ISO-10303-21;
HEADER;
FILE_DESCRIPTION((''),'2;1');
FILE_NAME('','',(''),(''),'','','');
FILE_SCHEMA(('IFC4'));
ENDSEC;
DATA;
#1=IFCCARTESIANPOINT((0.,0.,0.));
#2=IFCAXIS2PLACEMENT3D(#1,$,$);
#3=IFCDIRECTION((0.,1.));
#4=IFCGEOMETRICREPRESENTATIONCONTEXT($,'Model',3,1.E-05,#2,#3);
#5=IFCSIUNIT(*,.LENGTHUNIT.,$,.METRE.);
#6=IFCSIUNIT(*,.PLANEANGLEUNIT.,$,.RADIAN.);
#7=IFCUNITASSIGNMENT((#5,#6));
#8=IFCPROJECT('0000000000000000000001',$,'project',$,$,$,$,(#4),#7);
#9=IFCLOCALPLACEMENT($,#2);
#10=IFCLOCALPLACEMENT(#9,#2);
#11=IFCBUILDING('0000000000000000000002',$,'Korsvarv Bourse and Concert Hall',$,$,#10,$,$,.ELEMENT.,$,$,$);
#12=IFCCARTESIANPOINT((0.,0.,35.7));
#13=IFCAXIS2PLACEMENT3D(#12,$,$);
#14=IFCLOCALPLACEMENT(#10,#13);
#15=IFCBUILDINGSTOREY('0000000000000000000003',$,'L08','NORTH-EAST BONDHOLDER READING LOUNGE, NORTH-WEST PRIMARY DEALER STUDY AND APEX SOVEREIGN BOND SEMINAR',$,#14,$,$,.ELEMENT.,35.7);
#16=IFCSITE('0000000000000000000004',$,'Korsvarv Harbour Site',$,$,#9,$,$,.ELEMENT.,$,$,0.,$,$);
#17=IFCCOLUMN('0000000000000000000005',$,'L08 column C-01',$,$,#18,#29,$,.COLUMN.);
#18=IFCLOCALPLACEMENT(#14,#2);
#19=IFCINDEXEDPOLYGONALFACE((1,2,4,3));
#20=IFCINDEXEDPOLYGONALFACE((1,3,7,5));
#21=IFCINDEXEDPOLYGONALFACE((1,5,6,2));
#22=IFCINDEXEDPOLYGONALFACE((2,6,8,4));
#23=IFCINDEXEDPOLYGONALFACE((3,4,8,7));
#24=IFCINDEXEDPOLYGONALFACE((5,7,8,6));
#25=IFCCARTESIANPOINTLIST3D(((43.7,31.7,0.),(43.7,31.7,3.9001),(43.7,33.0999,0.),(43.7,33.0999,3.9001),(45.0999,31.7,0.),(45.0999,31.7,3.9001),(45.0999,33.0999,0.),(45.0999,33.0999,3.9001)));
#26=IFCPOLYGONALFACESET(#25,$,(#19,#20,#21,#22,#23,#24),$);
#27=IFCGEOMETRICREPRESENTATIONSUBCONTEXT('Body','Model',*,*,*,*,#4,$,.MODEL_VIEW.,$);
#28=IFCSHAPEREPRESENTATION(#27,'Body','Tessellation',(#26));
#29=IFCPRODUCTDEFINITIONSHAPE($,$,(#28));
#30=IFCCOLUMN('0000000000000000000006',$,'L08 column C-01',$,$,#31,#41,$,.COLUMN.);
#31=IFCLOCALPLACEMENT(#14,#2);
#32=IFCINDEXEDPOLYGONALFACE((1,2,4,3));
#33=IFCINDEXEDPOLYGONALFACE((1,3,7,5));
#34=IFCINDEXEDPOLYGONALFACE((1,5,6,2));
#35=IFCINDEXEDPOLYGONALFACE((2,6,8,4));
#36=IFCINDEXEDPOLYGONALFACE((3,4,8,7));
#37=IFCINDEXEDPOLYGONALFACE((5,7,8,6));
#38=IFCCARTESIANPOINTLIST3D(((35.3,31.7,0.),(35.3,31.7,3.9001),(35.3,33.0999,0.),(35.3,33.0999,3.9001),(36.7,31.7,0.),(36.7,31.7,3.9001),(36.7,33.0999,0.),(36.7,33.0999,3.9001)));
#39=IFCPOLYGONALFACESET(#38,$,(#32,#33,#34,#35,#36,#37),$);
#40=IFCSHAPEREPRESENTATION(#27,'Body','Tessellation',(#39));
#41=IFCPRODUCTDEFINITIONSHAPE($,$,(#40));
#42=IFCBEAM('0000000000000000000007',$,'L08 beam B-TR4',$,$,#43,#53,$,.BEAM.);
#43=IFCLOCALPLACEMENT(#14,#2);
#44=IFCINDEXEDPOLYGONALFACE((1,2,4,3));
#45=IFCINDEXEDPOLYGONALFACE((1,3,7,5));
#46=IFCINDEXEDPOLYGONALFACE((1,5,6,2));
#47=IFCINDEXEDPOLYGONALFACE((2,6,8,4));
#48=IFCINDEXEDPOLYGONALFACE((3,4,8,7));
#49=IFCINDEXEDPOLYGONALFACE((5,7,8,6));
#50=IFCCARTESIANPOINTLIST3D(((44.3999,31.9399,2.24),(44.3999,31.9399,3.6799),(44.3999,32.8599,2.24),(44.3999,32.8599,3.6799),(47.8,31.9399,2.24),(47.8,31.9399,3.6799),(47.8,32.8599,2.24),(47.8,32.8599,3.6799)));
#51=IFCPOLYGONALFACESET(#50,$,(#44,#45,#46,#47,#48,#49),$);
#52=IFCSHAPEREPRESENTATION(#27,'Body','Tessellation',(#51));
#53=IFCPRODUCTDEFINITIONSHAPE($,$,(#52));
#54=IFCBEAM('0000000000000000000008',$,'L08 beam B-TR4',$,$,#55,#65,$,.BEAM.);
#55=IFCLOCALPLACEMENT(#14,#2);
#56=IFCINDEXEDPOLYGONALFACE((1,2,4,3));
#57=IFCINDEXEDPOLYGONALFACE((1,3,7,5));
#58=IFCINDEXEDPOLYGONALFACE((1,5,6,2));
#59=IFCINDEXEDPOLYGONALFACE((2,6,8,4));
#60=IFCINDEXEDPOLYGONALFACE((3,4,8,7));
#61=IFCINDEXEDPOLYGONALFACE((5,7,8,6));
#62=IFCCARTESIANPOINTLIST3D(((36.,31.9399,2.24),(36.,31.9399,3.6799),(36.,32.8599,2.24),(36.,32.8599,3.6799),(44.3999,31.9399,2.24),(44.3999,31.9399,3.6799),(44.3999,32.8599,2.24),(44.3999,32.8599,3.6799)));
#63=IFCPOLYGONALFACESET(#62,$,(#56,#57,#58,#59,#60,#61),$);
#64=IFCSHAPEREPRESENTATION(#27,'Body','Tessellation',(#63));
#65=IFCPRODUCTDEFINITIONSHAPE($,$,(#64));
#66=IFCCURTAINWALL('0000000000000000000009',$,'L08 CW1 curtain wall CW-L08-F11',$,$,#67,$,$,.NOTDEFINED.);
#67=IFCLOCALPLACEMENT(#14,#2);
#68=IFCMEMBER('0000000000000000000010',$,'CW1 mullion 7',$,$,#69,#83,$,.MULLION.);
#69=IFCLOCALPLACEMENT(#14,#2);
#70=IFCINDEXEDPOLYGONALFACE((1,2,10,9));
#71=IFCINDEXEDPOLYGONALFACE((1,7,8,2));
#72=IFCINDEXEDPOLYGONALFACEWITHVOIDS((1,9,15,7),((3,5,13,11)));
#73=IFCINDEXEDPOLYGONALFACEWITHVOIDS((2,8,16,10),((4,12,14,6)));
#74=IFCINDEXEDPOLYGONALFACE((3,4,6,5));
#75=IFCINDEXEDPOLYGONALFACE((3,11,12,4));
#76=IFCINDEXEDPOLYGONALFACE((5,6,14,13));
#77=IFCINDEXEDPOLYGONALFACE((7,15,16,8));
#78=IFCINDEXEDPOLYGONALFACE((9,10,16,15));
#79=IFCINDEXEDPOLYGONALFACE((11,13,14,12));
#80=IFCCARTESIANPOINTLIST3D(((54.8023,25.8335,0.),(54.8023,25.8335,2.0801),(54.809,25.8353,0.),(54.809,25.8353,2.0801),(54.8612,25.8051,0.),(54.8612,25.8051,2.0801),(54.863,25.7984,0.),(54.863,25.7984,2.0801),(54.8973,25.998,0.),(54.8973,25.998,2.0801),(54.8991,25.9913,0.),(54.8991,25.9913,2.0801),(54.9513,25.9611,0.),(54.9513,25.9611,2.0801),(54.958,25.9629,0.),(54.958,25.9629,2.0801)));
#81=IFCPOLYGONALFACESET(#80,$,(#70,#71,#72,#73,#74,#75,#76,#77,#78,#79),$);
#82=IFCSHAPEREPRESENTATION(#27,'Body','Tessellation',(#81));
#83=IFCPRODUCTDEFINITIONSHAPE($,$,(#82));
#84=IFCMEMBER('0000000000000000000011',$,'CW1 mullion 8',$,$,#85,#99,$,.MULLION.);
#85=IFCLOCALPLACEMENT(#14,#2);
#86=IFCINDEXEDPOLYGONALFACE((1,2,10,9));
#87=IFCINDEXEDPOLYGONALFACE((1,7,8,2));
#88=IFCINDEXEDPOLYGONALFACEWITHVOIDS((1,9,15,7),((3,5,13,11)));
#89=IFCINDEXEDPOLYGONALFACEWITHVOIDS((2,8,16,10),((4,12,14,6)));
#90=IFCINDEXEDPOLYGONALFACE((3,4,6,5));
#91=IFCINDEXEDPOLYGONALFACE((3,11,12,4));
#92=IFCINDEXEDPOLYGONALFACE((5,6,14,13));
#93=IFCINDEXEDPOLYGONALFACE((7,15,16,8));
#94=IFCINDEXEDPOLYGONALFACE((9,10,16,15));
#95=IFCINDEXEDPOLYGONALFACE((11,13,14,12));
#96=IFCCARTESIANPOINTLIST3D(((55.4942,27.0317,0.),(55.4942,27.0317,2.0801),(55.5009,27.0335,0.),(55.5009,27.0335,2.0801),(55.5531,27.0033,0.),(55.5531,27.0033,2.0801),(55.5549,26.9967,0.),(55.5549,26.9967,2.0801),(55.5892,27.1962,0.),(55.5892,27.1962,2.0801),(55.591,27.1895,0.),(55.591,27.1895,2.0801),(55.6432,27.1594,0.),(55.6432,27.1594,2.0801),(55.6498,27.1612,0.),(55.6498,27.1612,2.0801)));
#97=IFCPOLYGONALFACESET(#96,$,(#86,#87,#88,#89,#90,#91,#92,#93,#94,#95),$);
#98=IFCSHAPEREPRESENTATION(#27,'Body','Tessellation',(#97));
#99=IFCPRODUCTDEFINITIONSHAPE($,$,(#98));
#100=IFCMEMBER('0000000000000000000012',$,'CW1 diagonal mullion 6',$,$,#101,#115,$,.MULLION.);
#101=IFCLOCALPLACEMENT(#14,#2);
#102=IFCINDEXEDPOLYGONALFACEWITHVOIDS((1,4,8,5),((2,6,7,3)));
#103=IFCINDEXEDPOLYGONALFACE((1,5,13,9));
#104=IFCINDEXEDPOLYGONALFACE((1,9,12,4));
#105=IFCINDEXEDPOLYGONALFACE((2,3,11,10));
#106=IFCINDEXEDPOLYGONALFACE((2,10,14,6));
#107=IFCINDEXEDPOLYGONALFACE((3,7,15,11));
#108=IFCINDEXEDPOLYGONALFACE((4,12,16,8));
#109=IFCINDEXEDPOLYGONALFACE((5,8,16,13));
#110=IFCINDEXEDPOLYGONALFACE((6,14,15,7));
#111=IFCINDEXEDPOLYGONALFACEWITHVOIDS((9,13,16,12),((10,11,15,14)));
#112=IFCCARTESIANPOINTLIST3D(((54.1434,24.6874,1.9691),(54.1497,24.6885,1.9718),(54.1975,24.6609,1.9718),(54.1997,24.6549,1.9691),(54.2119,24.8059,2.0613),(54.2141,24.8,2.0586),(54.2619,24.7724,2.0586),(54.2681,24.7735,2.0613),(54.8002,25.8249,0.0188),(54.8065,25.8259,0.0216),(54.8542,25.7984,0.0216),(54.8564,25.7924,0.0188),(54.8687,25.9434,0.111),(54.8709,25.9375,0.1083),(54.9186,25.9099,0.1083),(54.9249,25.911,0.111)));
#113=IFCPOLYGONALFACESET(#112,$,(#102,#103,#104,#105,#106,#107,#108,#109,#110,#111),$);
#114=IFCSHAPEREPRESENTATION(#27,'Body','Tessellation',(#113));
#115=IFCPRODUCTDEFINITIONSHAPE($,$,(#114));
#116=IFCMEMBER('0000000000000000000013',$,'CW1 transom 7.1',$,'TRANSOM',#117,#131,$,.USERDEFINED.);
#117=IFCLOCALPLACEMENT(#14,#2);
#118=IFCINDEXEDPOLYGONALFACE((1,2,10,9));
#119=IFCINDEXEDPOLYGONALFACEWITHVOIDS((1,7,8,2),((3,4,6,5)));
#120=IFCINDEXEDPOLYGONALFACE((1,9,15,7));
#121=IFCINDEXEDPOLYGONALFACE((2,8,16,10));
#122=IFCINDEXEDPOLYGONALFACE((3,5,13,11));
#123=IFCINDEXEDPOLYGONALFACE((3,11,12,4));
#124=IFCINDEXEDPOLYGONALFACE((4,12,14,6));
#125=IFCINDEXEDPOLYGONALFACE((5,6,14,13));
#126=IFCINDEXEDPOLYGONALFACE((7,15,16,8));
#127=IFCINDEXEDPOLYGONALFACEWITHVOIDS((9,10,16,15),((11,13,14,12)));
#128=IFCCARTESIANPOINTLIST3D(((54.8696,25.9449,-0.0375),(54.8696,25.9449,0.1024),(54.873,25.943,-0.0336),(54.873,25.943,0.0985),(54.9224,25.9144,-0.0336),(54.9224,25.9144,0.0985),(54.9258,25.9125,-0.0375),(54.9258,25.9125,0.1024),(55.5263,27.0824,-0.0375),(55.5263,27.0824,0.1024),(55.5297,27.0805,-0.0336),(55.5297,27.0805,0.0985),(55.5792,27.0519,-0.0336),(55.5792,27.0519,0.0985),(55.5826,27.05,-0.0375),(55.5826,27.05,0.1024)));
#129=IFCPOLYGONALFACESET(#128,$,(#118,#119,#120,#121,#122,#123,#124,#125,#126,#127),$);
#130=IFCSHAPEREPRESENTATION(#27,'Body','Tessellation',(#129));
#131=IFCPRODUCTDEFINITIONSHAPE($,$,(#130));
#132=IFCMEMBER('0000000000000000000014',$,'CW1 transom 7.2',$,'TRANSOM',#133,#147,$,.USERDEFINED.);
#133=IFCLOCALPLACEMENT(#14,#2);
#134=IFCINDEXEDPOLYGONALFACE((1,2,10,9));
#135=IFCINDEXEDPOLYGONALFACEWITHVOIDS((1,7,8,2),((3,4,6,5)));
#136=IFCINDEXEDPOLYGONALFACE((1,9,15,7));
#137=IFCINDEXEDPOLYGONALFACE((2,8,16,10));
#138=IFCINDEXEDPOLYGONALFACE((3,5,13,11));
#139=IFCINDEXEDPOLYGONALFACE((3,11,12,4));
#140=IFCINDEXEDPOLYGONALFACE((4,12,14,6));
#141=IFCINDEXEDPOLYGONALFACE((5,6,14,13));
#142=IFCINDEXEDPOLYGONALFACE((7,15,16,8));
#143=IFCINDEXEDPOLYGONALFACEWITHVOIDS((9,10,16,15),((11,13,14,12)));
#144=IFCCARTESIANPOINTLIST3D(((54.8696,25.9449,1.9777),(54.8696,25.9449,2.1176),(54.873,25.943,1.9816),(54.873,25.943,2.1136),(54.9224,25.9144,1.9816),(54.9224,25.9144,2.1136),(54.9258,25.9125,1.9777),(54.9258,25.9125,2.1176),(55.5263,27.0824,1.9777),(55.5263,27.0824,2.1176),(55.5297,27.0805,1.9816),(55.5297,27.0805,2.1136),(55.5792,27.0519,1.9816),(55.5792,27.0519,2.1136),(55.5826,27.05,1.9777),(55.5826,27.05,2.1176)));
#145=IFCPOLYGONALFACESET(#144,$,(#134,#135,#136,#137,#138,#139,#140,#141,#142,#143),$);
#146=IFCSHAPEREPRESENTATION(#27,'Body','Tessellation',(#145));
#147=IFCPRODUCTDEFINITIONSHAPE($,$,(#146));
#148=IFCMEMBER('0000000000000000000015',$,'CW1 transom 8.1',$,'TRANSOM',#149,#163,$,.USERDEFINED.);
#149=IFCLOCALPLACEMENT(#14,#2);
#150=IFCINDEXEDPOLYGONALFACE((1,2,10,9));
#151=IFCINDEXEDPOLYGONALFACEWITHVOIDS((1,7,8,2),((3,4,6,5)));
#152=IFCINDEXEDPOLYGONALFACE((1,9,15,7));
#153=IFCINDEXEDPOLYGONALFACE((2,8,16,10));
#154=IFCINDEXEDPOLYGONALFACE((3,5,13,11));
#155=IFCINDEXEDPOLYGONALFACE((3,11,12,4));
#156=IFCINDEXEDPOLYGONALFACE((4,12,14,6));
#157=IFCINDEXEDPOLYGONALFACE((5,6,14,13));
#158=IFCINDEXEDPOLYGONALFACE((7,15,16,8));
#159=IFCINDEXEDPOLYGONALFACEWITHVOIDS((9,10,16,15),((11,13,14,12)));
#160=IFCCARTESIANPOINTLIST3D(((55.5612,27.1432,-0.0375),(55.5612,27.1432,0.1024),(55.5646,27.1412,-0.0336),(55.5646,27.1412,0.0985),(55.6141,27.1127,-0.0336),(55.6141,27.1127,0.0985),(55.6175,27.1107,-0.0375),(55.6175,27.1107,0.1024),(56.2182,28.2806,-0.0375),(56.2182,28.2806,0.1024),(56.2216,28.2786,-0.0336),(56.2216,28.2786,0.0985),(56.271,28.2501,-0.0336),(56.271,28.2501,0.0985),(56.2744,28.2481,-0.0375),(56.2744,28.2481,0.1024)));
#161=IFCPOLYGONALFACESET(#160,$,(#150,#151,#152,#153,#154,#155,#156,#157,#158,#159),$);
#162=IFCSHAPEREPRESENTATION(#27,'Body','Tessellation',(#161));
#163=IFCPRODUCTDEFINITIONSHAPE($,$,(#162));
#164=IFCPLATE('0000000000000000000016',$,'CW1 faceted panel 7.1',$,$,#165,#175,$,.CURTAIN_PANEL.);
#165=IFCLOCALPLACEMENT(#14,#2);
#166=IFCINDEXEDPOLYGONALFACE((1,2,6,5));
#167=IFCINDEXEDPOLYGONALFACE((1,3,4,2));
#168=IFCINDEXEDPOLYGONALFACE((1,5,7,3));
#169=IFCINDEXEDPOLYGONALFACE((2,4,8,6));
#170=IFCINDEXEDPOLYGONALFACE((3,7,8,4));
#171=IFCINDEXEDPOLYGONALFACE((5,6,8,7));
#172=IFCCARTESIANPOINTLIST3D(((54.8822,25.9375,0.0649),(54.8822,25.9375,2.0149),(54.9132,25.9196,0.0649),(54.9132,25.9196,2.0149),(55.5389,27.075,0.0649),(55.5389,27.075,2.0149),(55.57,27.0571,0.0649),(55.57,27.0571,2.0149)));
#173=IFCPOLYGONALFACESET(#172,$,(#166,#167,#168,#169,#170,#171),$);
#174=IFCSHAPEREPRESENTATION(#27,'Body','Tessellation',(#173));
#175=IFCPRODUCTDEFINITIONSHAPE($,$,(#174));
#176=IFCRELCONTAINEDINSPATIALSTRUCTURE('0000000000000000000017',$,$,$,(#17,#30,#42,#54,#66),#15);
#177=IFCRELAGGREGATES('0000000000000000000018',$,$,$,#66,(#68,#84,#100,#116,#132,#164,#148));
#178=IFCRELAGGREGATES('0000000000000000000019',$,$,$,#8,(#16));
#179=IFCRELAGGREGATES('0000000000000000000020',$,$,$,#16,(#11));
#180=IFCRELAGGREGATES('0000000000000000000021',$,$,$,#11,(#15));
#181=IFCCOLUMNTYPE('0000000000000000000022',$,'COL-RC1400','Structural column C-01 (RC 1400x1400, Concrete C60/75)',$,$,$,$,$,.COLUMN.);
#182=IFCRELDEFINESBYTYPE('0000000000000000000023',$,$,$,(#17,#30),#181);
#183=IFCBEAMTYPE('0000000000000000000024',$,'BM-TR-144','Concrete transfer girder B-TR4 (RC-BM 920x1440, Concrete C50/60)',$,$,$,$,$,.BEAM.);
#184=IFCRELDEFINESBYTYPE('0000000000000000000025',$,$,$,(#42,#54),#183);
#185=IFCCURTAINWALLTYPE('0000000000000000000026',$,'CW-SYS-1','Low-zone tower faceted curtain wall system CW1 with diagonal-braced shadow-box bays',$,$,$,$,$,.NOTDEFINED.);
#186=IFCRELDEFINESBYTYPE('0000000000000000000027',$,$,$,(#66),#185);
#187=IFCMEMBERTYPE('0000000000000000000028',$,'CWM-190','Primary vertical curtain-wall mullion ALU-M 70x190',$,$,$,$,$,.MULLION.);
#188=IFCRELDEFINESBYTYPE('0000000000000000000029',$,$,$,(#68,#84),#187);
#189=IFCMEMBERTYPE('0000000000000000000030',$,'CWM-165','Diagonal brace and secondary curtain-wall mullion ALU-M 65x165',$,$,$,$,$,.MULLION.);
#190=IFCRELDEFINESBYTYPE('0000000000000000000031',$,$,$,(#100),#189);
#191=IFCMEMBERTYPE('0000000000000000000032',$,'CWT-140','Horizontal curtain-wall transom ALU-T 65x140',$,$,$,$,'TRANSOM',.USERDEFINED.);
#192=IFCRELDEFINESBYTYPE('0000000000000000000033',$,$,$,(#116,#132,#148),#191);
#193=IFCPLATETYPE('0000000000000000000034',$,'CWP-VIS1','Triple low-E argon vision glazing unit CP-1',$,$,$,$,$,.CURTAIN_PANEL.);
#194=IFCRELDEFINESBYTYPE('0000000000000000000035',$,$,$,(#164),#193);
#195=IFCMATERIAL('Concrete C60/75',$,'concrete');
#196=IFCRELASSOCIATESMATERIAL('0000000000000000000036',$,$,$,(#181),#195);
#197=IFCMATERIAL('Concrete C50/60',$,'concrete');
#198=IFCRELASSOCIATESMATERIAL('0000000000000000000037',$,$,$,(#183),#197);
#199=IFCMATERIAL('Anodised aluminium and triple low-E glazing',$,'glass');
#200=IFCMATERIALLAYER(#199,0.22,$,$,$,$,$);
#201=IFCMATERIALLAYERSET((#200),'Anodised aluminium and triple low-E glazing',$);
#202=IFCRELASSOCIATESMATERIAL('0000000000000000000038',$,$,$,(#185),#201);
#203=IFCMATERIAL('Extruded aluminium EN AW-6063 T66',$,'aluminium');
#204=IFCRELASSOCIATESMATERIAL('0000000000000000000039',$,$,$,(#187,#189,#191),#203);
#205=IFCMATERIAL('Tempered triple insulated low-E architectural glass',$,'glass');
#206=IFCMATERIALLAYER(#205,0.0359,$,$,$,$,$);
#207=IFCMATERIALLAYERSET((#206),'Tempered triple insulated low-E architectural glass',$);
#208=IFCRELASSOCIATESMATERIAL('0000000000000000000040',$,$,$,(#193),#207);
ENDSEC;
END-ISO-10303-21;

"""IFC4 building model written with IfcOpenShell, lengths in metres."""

from ifc_helpers import new_model, si_unit, direction, frame, origin, origin_2d, place, context, subcontext, project, spatial, rectangle, hollow_rectangle, extrude, source, transform, mapped, material, layer, layer_set, material_profile, profile_set, type_object, element, aggregate, save


model = new_model("IFC4")

# Units and contexts
model_context = context("Model", 3, precision=1e-05, world=origin(), true_north=direction((0.0, 1.0)))
body_context = subcontext(model_context, "Body", "Model", "MODEL_VIEW")
ifc_project = project(units=[si_unit("LENGTHUNIT", "METRE"), si_unit("PLANEANGLEUNIT", "RADIAN")], contexts=[model_context])

# Site, building, storey
site_placement = place(None, origin())
site = spatial("IfcSite", under=ifc_project, at=site_placement, Name="Korsvarv Harbour Site", CompositionType="ELEMENT", RefElevation=0.0)
building_placement = place(site_placement, origin())
building = spatial("IfcBuilding", under=site, at=building_placement, Name="Korsvarv Bourse and Concert Hall", CompositionType="ELEMENT")
storey_placement = place(building_placement, frame((0.0, 0.0, 35.7)))
storey = spatial("IfcBuildingStorey", under=building, at=storey_placement, Name="L08", Description="NORTH-EAST BONDHOLDER READING LOUNGE, NORTH-WEST PRIMARY DEALER STUDY AND APEX SOVEREIGN BOND SEMINAR", CompositionType="ELEMENT", Elevation=35.7)

# Columns
ifc_material_1 = material(Name="Concrete C60/75", Category="concrete")
ifc_material_profile_1 = material_profile(ifc_material_1, rectangle(XDim=1.3999, YDim=1.3999, at=origin_2d()), Name="RC 1400x1400")
ifc_profile_set_1 = profile_set([ifc_material_profile_1], Name="Concrete C60/75")
column_type = type_object("IfcColumnType", Name="COL-RC1400", Description="Structural column C-01 (RC 1400x1400, Concrete C60/75)", PredefinedType="COLUMN", material=ifc_profile_set_1)
shared_shape_1 = source(origin(), body_context, "Body", "SweptSolid", [
    extrude(rectangle(XDim=1.3999, YDim=1.3999, at=origin_2d()), origin(), (0.0, 0.0, 1.0), 3.9001),
])
for number, where, z_axis, x_axis, name in (
    (1, (44.3999, 32.3999, 0.0), (0.0, 0.0, 1.0), (1.0, 0.0, 0.0), "L08 column C-01"),
    (2, (36.0, 32.3999, 0.0), (0.0, 0.0, 1.0), (1.0, 0.0, 0.0), "L08 column C-01"),
):
    element("IfcColumn", number, at=place(storey_placement, frame(where, z_axis=z_axis, x_axis=x_axis)), inside=storey, type_object=column_type, Name=name, PredefinedType="COLUMN", context=body_context, shape_type="MappedRepresentation", body=[
        mapped(shared_shape_1, transform((0.0, 0.0, 0.0), scale=1.0)),
    ])

# Beams
ifc_material_2 = material(Name="Concrete C50/60", Category="concrete")
ifc_material_profile_2 = material_profile(ifc_material_2, rectangle(XDim=0.9199, YDim=1.4399, at=origin_2d()), Name="RC-BM 920x1440")
ifc_profile_set_2 = profile_set([ifc_material_profile_2], Name="Concrete C50/60")
beam_type = type_object("IfcBeamType", Name="BM-TR-144", Description="Concrete transfer girder B-TR4 (RC-BM 920x1440, Concrete C50/60)", PredefinedType="BEAM", material=ifc_profile_set_2)
shared_shape_2 = source(origin(), body_context, "Body", "SweptSolid", [
    extrude(rectangle(XDim=0.9199, YDim=1.4399, at=origin_2d()), origin(), (0.0, 0.0, 1.0), 3.4001),
])
beam_1_placement = place(storey_placement, frame((44.3999, 32.3999, 2.96), z_axis=(1.0, 0.0, 0.0), x_axis=(0.0, 1.0, 0.0)))
element("IfcBeam", 3, at=beam_1_placement, inside=storey, type_object=beam_type, Name="L08 beam B-TR4", PredefinedType="BEAM", context=body_context, shape_type="MappedRepresentation", body=[
    mapped(shared_shape_2, transform((0.0, 0.0, 0.0), scale=1.0)),
])
shared_shape_3 = source(origin(), body_context, "Body", "SweptSolid", [
    extrude(rectangle(XDim=0.9199, YDim=1.4399, at=origin_2d()), origin(), (0.0, 0.0, 1.0), 8.3999),
])
beam_2_placement = place(storey_placement, frame((36.0, 32.3999, 2.96), z_axis=(1.0, 0.0, 0.0), x_axis=(0.0, 1.0, 0.0)))
element("IfcBeam", 4, at=beam_2_placement, inside=storey, type_object=beam_type, Name="L08 beam B-TR4", PredefinedType="BEAM", context=body_context, shape_type="MappedRepresentation", body=[
    mapped(shared_shape_3, transform((0.0, 0.0, 0.0), scale=1.0)),
])

# Curtain wall, members, plate
ifc_material_3 = material(Name="Anodised aluminium and triple low-E glazing", Category="glass")
ifc_layer_1 = layer(ifc_material_3, 0.22)
ifc_layer_set_1 = layer_set([ifc_layer_1], Name="Anodised aluminium and triple low-E glazing")
curtain_wall_type = type_object("IfcCurtainWallType", Name="CW-SYS-1", Description="Low-zone tower faceted curtain wall system CW1 with diagonal-braced shadow-box bays", PredefinedType="NOTDEFINED", material=ifc_layer_set_1)
curtain_wall_placement = place(storey_placement, origin())
curtain_wall = element("IfcCurtainWall", 5, at=curtain_wall_placement, inside=storey, type_object=curtain_wall_type, Name="L08 CW1 curtain wall CW-L08-F11", PredefinedType="NOTDEFINED")
ifc_material_4 = material(Name="Extruded aluminium EN AW-6063 T66", Category="aluminium")
ifc_material_profile_3 = material_profile(ifc_material_4, hollow_rectangle(XDim=0.0701, YDim=0.1899, WallThickness=0.0049, at=origin_2d()), Name="ALU-M 70x190")
ifc_profile_set_3 = profile_set([ifc_material_profile_3], Name="Extruded aluminium EN AW-6063 T66")
member_type_1 = type_object("IfcMemberType", Name="CWM-190", Description="Primary vertical curtain-wall mullion ALU-M 70x190", PredefinedType="MULLION", material=ifc_profile_set_3)
shared_shape_4 = source(origin(), body_context, "Body", "SweptSolid", [
    extrude(hollow_rectangle(XDim=0.0701, YDim=0.1899, WallThickness=0.0049, at=origin_2d()), origin(), (0.0, 0.0, 1.0), 2.0801),
])
member_1_placement = place(storey_placement, frame((54.8801, 25.8982, 0.0), z_axis=(0.0, 0.0, 1.0), x_axis=(-0.866026, 0.5, 0.0)))
member_1 = element("IfcMember", 6, at=member_1_placement, type_object=member_type_1, Name="CW1 mullion 7", PredefinedType="MULLION", context=body_context, shape_type="MappedRepresentation", body=[
    mapped(shared_shape_4, transform((0.0, 0.0, 0.0), scale=1.0)),
])
member_2_placement = place(storey_placement, frame((55.572, 27.0964, 0.0), z_axis=(0.0, 0.0, 1.0), x_axis=(-0.866026, 0.5, 0.0)))
member_2 = element("IfcMember", 7, at=member_2_placement, type_object=member_type_1, Name="CW1 mullion 8", PredefinedType="MULLION", context=body_context, shape_type="MappedRepresentation", body=[
    mapped(shared_shape_4, transform((0.0, 0.0, 0.0), scale=1.0)),
])
ifc_material_profile_4 = material_profile(ifc_material_4, hollow_rectangle(XDim=0.0649, YDim=0.165, WallThickness=0.0049, at=origin_2d()), Name="ALU-M 65x165")
ifc_profile_set_4 = profile_set([ifc_material_profile_4], Name="Extruded aluminium EN AW-6063 T66")
member_type_2 = type_object("IfcMemberType", Name="CWM-165", Description="Diagonal brace and secondary curtain-wall mullion ALU-M 65x165", PredefinedType="MULLION", material=ifc_profile_set_4)
shared_shape_5 = source(origin(), body_context, "Body", "SweptSolid", [
    extrude(hollow_rectangle(XDim=0.0649, YDim=0.165, WallThickness=0.0049, at=origin_2d()), origin(), (0.0, 0.0, 1.0), 2.3513),
])
member_3_placement = place(storey_placement, frame((54.8625, 25.8679, 0.0649), z_axis=(-0.279315, -0.483765, 0.82943), x_axis=(0.866015, -0.500017, 0.0)))
member_3 = element("IfcMember", 8, at=member_3_placement, type_object=member_type_2, Name="CW1 diagonal mullion 6", PredefinedType="MULLION", context=body_context, shape_type="MappedRepresentation", body=[
    mapped(shared_shape_5, transform((0.0, 0.0, 0.0), scale=1.0)),
])
ifc_material_profile_5 = material_profile(ifc_material_4, hollow_rectangle(XDim=0.0649, YDim=0.1399, WallThickness=0.0039, at=origin_2d()), Name="ALU-T 65x140")
ifc_profile_set_5 = profile_set([ifc_material_profile_5], Name="Extruded aluminium EN AW-6063 T66")
member_type_3 = type_object("IfcMemberType", Name="CWT-140", Description="Horizontal curtain-wall transom ALU-T 65x140", ElementType="TRANSOM", PredefinedType="USERDEFINED", material=ifc_profile_set_5)
shared_shape_6 = source(origin(), body_context, "Body", "SweptSolid", [
    extrude(hollow_rectangle(XDim=0.0649, YDim=0.1399, WallThickness=0.0039, at=origin_2d()), origin(), (0.0, 0.0, 1.0), 1.3135),
])
member_4_placement = place(storey_placement, frame((54.8977, 25.9287, 0.0325), z_axis=(0.500017, 0.866015, 0.0), x_axis=(-0.866015, 0.500017, 0.0)))
member_4 = element("IfcMember", 9, at=member_4_placement, type_object=member_type_3, Name="CW1 transom 7.1", ObjectType="TRANSOM", PredefinedType="USERDEFINED", context=body_context, shape_type="MappedRepresentation", body=[
    mapped(shared_shape_6, transform((0.0, 0.0, 0.0), scale=1.0)),
])
member_5_placement = place(storey_placement, frame((54.8977, 25.9287, 2.0476), z_axis=(0.500017, 0.866015, 0.0), x_axis=(-0.866015, 0.500017, 0.0)))
member_5 = element("IfcMember", 10, at=member_5_placement, type_object=member_type_3, Name="CW1 transom 7.2", ObjectType="TRANSOM", PredefinedType="USERDEFINED", context=body_context, shape_type="MappedRepresentation", body=[
    mapped(shared_shape_6, transform((0.0, 0.0, 0.0), scale=1.0)),
])
member_6_placement = place(storey_placement, frame((55.5894, 27.127, 0.0325), z_axis=(0.500157, 0.865935, 0.0), x_axis=(-0.865935, 0.500157, 0.0)))
member_6 = element("IfcMember", 11, at=member_6_placement, type_object=member_type_3, Name="CW1 transom 8.1", ObjectType="TRANSOM", PredefinedType="USERDEFINED", context=body_context, shape_type="MappedRepresentation", body=[
    mapped(shared_shape_6, transform((0.0, 0.0, 0.0), scale=1.0)),
])
ifc_material_5 = material(Name="Tempered triple insulated low-E architectural glass", Category="glass")
ifc_layer_2 = layer(ifc_material_5, 0.0359)
ifc_layer_set_2 = layer_set([ifc_layer_2], Name="Tempered triple insulated low-E architectural glass")
plate_type = type_object("IfcPlateType", Name="CWP-VIS1", Description="Triple low-E argon vision glazing unit CP-1", PredefinedType="CURTAIN_PANEL", material=ifc_layer_set_2)
shared_shape_7 = source(origin(), body_context, "Body", "SweptSolid", [
    extrude(rectangle(XDim=1.3135, YDim=0.0359, at=origin_2d()), origin(), (0.0, 0.0, 1.0), 1.95),
])
plate_placement = place(storey_placement, frame((55.2261, 26.4973, 0.0649), z_axis=(0.0, 0.0, 1.0), x_axis=(0.5, 0.866026, 0.0)))
plate = element("IfcPlate", 12, at=plate_placement, type_object=plate_type, Name="CW1 faceted panel 7.1", PredefinedType="CURTAIN_PANEL", context=body_context, shape_type="MappedRepresentation", body=[
    mapped(shared_shape_7, transform((0.0, 0.0, 0.0), scale=1.0)),
])
aggregate(curtain_wall, [member_1, member_2, member_3, member_4, member_5, plate, member_6])

save(model, "model.ifc")
